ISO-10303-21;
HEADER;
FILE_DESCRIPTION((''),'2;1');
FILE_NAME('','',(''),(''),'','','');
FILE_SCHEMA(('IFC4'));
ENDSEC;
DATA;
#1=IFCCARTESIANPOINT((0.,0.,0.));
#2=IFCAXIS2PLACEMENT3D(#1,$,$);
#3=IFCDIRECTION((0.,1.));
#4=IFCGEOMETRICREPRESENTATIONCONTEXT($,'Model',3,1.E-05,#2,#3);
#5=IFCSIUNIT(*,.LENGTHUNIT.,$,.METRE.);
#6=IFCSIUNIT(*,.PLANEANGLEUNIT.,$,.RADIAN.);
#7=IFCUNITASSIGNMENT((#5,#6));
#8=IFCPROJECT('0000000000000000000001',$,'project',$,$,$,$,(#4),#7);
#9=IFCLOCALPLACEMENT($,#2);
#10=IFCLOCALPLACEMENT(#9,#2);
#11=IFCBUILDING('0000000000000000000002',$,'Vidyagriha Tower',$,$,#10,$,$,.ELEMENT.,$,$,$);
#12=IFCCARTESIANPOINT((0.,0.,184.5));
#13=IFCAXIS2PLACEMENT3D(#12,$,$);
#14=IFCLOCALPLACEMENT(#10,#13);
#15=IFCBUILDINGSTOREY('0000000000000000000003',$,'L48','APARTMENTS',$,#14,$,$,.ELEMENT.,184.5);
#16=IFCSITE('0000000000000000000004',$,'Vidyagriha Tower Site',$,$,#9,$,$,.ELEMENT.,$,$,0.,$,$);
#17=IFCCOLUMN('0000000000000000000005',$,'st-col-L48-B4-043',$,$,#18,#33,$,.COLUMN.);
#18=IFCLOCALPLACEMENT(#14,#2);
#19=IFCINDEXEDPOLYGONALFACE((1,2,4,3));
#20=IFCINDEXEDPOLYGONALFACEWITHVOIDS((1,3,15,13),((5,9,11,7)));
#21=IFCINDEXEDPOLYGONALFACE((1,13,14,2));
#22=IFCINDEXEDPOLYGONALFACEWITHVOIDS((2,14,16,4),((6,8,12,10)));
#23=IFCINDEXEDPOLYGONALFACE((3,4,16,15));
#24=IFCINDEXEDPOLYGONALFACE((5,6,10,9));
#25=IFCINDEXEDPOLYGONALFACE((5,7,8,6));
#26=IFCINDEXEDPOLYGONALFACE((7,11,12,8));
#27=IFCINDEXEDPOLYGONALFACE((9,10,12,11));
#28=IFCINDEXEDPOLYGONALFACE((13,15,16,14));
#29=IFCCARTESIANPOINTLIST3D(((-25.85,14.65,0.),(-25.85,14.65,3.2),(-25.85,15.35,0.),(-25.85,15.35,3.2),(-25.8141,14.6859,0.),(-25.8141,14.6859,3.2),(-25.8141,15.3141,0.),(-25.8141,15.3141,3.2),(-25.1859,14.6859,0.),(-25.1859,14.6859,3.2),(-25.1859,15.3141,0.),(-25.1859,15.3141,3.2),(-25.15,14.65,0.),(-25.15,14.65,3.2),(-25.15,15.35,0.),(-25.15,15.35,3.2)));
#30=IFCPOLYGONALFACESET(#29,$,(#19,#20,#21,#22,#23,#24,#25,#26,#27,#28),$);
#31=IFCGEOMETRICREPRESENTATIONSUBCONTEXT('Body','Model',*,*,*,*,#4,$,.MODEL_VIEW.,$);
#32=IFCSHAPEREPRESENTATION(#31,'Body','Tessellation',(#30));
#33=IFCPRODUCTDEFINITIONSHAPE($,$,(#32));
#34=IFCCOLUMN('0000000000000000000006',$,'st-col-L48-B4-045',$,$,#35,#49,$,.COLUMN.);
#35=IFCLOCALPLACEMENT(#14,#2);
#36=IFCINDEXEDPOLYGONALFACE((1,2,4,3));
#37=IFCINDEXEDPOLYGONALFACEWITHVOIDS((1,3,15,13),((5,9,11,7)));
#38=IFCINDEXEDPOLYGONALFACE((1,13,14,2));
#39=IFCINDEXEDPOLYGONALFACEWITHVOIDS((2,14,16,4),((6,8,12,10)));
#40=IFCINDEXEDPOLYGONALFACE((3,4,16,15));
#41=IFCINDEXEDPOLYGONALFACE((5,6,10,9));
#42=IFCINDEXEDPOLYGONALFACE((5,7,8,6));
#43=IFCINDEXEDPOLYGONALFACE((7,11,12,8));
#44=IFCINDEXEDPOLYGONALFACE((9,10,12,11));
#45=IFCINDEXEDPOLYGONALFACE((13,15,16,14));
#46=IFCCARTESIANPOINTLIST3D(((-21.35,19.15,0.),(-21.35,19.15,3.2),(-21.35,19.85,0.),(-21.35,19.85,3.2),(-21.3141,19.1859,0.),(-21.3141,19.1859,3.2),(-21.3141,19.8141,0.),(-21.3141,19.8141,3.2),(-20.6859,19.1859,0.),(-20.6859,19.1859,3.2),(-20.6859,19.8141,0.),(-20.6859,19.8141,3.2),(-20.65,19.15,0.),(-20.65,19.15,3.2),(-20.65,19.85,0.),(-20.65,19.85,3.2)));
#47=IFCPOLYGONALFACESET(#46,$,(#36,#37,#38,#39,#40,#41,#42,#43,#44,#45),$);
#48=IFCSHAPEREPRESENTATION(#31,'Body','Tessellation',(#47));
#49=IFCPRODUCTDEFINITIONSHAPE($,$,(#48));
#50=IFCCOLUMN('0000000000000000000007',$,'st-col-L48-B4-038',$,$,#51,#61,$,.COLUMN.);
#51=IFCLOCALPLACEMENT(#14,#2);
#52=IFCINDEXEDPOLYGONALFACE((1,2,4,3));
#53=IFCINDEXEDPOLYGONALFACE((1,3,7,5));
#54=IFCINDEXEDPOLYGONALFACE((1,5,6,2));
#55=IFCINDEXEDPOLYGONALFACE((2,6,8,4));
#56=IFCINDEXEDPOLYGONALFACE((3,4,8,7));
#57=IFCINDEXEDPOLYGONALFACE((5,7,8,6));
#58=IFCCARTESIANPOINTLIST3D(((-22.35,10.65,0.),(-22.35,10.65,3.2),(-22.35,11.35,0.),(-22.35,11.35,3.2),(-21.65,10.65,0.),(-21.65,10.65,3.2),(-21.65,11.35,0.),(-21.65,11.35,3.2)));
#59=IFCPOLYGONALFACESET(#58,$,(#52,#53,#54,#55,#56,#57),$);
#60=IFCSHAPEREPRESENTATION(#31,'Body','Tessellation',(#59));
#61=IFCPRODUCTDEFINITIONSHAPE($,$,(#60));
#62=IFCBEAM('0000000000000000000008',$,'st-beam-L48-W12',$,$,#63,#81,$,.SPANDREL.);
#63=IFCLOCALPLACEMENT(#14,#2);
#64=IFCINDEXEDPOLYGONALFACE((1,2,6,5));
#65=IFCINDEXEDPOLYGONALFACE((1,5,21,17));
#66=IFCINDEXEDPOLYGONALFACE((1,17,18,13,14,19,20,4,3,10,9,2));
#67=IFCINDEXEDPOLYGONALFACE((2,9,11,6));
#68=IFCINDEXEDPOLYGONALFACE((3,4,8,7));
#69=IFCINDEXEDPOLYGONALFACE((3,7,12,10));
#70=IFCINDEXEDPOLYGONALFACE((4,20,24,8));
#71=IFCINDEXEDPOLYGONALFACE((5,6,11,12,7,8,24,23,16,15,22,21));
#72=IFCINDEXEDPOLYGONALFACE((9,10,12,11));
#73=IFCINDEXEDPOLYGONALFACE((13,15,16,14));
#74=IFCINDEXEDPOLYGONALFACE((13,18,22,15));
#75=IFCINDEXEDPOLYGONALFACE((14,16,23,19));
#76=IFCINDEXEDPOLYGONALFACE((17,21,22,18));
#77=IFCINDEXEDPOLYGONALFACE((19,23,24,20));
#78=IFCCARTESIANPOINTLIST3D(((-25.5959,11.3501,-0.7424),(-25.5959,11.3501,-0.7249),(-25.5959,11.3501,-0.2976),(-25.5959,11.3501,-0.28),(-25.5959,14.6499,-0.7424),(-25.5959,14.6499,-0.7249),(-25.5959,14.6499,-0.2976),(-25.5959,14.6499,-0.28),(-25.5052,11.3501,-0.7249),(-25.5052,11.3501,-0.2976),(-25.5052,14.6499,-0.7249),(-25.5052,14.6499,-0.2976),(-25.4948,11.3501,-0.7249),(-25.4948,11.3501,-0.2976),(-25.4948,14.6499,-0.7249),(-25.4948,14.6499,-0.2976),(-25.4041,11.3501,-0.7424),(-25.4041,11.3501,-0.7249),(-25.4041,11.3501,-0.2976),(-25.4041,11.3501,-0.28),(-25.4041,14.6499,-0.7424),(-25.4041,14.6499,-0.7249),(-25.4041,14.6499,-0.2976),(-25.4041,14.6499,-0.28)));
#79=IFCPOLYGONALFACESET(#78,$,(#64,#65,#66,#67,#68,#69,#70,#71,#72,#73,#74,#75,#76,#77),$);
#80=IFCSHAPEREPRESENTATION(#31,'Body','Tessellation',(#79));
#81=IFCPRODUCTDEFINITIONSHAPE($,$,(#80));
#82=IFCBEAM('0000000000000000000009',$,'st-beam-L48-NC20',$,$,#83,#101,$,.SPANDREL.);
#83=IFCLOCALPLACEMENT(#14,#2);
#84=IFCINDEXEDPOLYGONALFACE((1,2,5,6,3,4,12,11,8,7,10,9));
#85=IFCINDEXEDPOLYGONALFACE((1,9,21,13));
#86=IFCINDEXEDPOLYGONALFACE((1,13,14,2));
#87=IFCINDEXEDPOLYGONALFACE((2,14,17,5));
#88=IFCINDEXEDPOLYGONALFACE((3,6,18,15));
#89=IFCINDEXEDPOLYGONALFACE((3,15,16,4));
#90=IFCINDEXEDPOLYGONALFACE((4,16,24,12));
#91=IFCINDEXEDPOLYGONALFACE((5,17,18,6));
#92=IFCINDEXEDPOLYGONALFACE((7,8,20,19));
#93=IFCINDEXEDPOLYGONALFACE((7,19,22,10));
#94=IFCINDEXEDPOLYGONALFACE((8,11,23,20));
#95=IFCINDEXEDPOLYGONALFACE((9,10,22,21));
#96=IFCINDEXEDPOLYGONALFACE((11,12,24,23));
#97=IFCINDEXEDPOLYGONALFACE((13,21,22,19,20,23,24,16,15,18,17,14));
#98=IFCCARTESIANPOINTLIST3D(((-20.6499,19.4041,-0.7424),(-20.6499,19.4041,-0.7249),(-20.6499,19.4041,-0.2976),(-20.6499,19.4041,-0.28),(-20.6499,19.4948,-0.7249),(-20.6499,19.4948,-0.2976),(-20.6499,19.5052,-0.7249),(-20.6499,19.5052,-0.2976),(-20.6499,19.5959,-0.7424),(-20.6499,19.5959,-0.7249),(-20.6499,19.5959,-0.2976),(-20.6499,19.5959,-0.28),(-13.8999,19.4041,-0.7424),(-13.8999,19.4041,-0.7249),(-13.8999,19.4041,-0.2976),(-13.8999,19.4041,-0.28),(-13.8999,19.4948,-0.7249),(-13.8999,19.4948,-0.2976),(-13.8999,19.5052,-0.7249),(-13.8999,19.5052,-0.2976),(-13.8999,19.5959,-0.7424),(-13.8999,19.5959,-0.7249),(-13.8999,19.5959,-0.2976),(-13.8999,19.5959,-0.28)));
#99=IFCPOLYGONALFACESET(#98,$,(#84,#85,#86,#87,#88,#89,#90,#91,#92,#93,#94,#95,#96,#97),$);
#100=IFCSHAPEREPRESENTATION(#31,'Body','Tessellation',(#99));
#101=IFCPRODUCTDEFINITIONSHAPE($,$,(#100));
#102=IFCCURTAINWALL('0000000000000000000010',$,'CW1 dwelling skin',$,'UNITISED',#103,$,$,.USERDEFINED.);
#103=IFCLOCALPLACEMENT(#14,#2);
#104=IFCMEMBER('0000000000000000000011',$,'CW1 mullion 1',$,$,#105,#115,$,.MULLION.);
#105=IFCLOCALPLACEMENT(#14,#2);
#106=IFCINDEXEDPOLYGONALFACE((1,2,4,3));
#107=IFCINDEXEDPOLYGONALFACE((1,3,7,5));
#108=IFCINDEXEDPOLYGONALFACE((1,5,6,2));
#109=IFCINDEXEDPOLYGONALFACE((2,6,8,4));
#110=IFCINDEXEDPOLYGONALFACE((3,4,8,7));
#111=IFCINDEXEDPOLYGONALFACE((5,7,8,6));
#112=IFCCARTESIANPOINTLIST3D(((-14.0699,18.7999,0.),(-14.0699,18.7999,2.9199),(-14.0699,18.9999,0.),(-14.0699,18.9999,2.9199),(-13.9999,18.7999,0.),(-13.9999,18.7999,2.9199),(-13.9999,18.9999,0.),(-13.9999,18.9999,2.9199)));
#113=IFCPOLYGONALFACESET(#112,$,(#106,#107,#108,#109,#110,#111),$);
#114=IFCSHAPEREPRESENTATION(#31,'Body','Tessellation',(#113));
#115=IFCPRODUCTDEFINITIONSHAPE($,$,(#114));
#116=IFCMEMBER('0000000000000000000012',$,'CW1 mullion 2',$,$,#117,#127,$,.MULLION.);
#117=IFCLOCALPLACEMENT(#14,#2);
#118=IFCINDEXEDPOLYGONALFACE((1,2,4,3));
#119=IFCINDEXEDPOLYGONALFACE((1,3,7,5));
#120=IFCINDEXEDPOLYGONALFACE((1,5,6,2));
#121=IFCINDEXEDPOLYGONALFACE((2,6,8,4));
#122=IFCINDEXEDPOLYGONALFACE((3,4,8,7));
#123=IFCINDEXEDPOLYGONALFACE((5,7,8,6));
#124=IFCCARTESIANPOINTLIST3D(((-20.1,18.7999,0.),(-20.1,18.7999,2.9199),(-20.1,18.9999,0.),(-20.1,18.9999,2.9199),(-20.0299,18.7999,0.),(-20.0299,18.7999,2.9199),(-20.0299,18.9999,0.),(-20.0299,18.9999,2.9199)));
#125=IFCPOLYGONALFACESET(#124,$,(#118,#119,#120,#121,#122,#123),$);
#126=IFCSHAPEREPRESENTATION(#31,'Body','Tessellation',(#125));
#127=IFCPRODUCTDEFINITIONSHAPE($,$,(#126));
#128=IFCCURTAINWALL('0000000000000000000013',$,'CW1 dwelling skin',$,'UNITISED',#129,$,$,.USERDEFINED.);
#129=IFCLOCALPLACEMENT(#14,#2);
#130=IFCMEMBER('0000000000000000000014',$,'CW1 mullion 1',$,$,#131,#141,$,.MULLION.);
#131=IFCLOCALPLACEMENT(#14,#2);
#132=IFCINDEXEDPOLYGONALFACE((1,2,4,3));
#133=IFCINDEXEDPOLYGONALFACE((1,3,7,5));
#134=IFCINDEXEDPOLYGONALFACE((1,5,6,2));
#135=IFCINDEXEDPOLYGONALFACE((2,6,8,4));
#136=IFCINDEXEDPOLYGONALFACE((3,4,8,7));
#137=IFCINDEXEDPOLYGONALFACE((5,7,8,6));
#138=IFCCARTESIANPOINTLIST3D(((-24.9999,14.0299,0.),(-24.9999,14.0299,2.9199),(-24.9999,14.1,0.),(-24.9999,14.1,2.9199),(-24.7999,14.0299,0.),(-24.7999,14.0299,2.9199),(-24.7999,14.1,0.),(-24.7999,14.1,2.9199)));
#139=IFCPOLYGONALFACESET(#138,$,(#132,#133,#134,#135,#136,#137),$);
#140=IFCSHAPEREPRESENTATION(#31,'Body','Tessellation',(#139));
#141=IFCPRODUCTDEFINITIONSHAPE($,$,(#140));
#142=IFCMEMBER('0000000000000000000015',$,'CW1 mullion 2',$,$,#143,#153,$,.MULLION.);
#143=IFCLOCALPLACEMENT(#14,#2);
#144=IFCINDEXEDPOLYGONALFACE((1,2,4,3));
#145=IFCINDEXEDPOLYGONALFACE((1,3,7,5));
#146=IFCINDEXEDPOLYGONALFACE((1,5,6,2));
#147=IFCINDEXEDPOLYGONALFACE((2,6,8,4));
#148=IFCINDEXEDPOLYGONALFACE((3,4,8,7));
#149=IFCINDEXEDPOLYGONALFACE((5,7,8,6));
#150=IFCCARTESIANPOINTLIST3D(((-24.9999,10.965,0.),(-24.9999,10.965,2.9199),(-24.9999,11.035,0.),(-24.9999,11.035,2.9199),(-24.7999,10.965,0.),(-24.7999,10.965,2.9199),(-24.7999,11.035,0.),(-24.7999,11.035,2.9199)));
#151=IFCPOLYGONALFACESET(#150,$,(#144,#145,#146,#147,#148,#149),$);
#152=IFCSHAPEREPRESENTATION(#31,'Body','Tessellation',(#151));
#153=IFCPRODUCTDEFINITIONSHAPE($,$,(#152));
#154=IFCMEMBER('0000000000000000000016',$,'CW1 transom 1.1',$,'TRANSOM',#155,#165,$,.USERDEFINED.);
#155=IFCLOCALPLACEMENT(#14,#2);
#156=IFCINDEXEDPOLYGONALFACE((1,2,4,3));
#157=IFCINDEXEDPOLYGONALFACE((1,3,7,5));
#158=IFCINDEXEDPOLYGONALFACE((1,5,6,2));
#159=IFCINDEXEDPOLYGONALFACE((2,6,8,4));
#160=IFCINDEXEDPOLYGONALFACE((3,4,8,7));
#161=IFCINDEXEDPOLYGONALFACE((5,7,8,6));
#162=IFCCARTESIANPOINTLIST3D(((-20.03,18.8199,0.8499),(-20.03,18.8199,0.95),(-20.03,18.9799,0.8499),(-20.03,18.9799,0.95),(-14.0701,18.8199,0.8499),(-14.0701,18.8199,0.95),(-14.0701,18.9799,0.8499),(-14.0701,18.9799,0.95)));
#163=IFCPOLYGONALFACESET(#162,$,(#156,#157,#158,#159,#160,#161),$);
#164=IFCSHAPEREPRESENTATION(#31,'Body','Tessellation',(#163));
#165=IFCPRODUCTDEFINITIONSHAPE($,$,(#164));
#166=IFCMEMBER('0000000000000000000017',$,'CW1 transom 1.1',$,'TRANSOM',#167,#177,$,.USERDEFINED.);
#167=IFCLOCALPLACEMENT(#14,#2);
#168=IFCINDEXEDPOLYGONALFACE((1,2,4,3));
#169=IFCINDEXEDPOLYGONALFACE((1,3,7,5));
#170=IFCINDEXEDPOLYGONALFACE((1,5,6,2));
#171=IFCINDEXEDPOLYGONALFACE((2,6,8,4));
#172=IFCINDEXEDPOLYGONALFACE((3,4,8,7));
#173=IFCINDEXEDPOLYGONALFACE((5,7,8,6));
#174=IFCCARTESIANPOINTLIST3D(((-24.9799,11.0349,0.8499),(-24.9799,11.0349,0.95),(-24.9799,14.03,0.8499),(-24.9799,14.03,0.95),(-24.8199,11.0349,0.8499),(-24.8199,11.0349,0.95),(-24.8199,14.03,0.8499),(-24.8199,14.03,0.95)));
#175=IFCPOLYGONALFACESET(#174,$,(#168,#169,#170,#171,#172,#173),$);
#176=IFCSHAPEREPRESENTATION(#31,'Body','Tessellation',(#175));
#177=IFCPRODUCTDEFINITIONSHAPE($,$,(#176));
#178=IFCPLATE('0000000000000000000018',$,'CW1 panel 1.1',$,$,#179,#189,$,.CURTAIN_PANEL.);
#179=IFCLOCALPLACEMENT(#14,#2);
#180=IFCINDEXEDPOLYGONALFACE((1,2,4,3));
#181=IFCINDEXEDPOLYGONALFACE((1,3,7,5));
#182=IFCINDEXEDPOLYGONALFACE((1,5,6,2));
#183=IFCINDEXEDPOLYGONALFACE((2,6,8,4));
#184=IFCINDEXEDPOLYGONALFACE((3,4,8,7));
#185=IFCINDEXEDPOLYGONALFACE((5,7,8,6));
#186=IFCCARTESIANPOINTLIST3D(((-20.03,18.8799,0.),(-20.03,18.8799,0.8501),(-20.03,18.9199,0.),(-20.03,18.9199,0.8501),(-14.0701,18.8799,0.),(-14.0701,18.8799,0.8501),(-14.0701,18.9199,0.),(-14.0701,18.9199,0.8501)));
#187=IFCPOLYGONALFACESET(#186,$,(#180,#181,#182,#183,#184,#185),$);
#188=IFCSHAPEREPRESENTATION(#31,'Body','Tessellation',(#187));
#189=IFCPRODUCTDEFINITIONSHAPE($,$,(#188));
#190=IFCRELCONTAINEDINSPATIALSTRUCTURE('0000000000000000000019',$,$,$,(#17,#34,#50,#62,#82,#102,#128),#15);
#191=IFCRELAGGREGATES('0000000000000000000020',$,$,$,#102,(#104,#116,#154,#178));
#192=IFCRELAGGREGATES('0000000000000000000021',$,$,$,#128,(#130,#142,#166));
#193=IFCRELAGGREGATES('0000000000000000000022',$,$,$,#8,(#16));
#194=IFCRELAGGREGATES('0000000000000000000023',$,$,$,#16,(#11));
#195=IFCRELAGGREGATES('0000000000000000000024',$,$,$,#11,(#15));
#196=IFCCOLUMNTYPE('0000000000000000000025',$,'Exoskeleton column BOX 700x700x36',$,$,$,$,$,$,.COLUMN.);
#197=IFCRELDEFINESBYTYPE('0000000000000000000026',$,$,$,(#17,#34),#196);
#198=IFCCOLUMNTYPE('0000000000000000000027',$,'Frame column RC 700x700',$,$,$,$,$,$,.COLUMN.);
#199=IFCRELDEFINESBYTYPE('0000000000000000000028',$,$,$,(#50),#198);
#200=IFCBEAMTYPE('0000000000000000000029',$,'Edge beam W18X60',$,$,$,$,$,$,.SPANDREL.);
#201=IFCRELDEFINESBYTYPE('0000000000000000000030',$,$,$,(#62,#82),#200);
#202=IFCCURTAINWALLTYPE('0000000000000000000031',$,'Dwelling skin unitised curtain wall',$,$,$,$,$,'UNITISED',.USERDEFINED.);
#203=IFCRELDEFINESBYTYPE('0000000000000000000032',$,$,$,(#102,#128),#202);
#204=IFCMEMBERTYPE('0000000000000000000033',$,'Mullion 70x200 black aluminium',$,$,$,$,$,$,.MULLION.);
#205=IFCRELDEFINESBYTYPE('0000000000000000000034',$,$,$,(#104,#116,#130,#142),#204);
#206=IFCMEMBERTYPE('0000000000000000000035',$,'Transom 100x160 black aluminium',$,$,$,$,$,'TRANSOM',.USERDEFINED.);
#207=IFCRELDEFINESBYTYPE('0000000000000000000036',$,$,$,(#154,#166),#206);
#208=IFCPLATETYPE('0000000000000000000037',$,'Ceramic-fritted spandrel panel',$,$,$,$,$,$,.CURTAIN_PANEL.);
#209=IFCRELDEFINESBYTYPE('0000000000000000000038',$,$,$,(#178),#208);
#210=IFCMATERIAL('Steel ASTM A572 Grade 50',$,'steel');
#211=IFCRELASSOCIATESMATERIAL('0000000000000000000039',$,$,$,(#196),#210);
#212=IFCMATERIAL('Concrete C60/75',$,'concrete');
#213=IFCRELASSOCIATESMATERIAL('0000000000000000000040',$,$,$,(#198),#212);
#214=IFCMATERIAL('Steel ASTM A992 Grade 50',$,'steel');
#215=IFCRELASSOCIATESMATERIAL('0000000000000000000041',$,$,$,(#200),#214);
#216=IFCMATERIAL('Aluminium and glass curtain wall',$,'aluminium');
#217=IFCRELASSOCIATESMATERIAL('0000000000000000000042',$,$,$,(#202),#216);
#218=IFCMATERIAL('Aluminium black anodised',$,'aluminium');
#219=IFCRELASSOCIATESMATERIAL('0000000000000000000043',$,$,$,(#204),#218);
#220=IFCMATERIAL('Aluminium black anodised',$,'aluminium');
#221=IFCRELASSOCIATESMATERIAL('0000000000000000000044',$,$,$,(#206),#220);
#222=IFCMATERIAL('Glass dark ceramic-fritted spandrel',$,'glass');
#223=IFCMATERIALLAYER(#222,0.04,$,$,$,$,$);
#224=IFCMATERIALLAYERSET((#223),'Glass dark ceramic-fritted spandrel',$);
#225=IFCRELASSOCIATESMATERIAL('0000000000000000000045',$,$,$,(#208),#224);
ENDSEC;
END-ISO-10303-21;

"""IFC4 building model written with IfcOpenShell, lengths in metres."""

from ifc_helpers import new_model, si_unit, direction, frame, origin, origin_2d, place, context, subcontext, project, spatial, rectangle, hollow_rectangle, i_section, extrude, material, layer, layer_set, material_profile, profile_set, type_object, element, aggregate, save


model = new_model("IFC4")

# Units and contexts
model_context = context("Model", 3, precision=1e-05, world=origin(), true_north=direction((0.0, 1.0)))
body_context = subcontext(model_context, "Body", "Model", "MODEL_VIEW")
ifc_project = project(units=[si_unit("LENGTHUNIT", "METRE"), si_unit("PLANEANGLEUNIT", "RADIAN")], contexts=[model_context])

# Site, building, storey
site_placement = place(None, origin())
site = spatial("IfcSite", under=ifc_project, at=site_placement, Name="Vidyagriha Tower Site", CompositionType="ELEMENT", RefElevation=0.0)
building_placement = place(site_placement, origin())
building = spatial("IfcBuilding", under=site, at=building_placement, Name="Vidyagriha Tower", CompositionType="ELEMENT")
storey_placement = place(building_placement, frame((0.0, 0.0, 184.5)))
storey = spatial("IfcBuildingStorey", under=building, at=storey_placement, Name="L48", Description="APARTMENTS", CompositionType="ELEMENT", Elevation=184.5)

# Columns
ifc_material_1 = material(Name="Steel ASTM A572 Grade 50", Category="steel")
ifc_material_profile_1 = material_profile(ifc_material_1, hollow_rectangle(XDim=0.7, YDim=0.7, WallThickness=0.0359, at=origin_2d()), Name="BOX 700x700x36")
ifc_profile_set_1 = profile_set([ifc_material_profile_1], Name="Steel ASTM A572 Grade 50")
column_type_1 = type_object("IfcColumnType", Name="Exoskeleton column BOX 700x700x36", PredefinedType="COLUMN", material=ifc_profile_set_1)
for number, where, name in (
    (1, (-25.5, 15.0, 0.0), "st-col-L48-B4-043"),
    (2, (-21.0, 19.5, 0.0), "st-col-L48-B4-045"),
):
    element("IfcColumn", number, at=place(storey_placement, frame(where)), inside=storey, type_object=column_type_1, Name=name, PredefinedType="COLUMN", context=body_context, shape_type="SweptSolid", body=[
        extrude(hollow_rectangle(XDim=0.7, YDim=0.7, WallThickness=0.0359, at=origin_2d()), origin(), (0.0, 0.0, 1.0), 3.2),
    ])
ifc_material_2 = material(Name="Concrete C60/75", Category="concrete")
ifc_material_profile_2 = material_profile(ifc_material_2, rectangle(XDim=0.7, YDim=0.7, at=origin_2d()), Name="RC 700x700")
ifc_profile_set_2 = profile_set([ifc_material_profile_2], Name="Concrete C60/75")
column_type_2 = type_object("IfcColumnType", Name="Frame column RC 700x700", PredefinedType="COLUMN", material=ifc_profile_set_2)
column_placement = place(storey_placement, frame((-22.0, 11.0, 0.0)))
element("IfcColumn", 3, at=column_placement, inside=storey, type_object=column_type_2, Name="st-col-L48-B4-038", PredefinedType="COLUMN", context=body_context, shape_type="SweptSolid", body=[
    extrude(rectangle(XDim=0.7, YDim=0.7, at=origin_2d()), origin(), (0.0, 0.0, 1.0), 3.2),
])

# Beams
ifc_material_3 = material(Name="Steel ASTM A992 Grade 50", Category="steel")
ifc_material_profile_3 = material_profile(ifc_material_3, i_section(OverallWidth=0.1919, OverallDepth=0.4624, WebThickness=0.0105, FlangeThickness=0.0176, at=origin_2d()), Name="W18X60")
ifc_profile_set_3 = profile_set([ifc_material_profile_3], Name="Steel ASTM A992 Grade 50")
beam_type = type_object("IfcBeamType", Name="Edge beam W18X60", PredefinedType="SPANDREL", material=ifc_profile_set_3)
beam_1_placement = place(storey_placement, frame((-25.5, 11.3501, -0.5112), z_axis=(0.0, 1.0, 0.0), x_axis=(-1.0, 0.0, 0.0)))
element("IfcBeam", 4, at=beam_1_placement, inside=storey, type_object=beam_type, Name="st-beam-L48-W12", PredefinedType="SPANDREL", context=body_context, shape_type="SweptSolid", body=[
    extrude(i_section(OverallWidth=0.1919, OverallDepth=0.4624, WebThickness=0.0105, FlangeThickness=0.0176, at=origin_2d()), origin(), (0.0, 0.0, 1.0), 3.2998),
])
beam_2_placement = place(storey_placement, frame((-20.6499, 19.5, -0.5112), z_axis=(1.0, 0.0, 0.0), x_axis=(0.0, 1.0, 0.0)))
element("IfcBeam", 5, at=beam_2_placement, inside=storey, type_object=beam_type, Name="st-beam-L48-NC20", PredefinedType="SPANDREL", context=body_context, shape_type="SweptSolid", body=[
    extrude(i_section(OverallWidth=0.1919, OverallDepth=0.4624, WebThickness=0.0105, FlangeThickness=0.0176, at=origin_2d()), origin(), (0.0, 0.0, 1.0), 6.75),
])

# Curtain walls, members
ifc_material_4 = material(Name="Aluminium and glass curtain wall", Category="aluminium")
curtain_wall_type = type_object("IfcCurtainWallType", Name="Dwelling skin unitised curtain wall", ElementType="UNITISED", PredefinedType="USERDEFINED", material=ifc_material_4)
curtain_wall_1_placement = place(storey_placement, origin())
curtain_wall_1 = element("IfcCurtainWall", 6, at=curtain_wall_1_placement, inside=storey, type_object=curtain_wall_type, Name="CW1 dwelling skin", ObjectType="UNITISED", PredefinedType="USERDEFINED")
ifc_material_5 = material(Name="Aluminium black anodised", Category="aluminium")
ifc_material_profile_4 = material_profile(ifc_material_5, rectangle(XDim=0.2, YDim=0.0701, at=origin_2d()), Name="Mullion 70x200 black aluminium")
ifc_profile_set_4 = profile_set([ifc_material_profile_4], Name="Aluminium black anodised")
member_type_1 = type_object("IfcMemberType", Name="Mullion 70x200 black aluminium", PredefinedType="MULLION", material=ifc_profile_set_4)
member_1_placement = place(storey_placement, frame((-14.0349, 18.8999, 0.0), z_axis=(0.0, 0.0, 1.0), x_axis=(0.0, -1.0, 0.0)))
member_1 = element("IfcMember", 7, at=member_1_placement, type_object=member_type_1, Name="CW1 mullion 1", PredefinedType="MULLION", context=body_context, shape_type="SweptSolid", body=[
    extrude(rectangle(XDim=0.2, YDim=0.0701, at=origin_2d()), origin(), (0.0, 0.0, 1.0), 2.9199),
])
member_2_placement = place(storey_placement, frame((-20.0649, 18.8999, 0.0), z_axis=(0.0, 0.0, 1.0), x_axis=(0.0, -1.0, 0.0)))
member_2 = element("IfcMember", 8, at=member_2_placement, type_object=member_type_1, Name="CW1 mullion 2", PredefinedType="MULLION", context=body_context, shape_type="SweptSolid", body=[
    extrude(rectangle(XDim=0.2, YDim=0.0701, at=origin_2d()), origin(), (0.0, 0.0, 1.0), 2.9199),
])
curtain_wall_2_placement = place(storey_placement, origin())
curtain_wall_2 = element("IfcCurtainWall", 9, at=curtain_wall_2_placement, inside=storey, type_object=curtain_wall_type, Name="CW1 dwelling skin", ObjectType="UNITISED", PredefinedType="USERDEFINED")
member_3_placement = place(storey_placement, frame((-24.8999, 14.0649, 0.0)))
member_3 = element("IfcMember", 10, at=member_3_placement, type_object=member_type_1, Name="CW1 mullion 1", PredefinedType="MULLION", context=body_context, shape_type="SweptSolid", body=[
    extrude(rectangle(XDim=0.2, YDim=0.0701, at=origin_2d()), origin(), (0.0, 0.0, 1.0), 2.9199),
])
member_4_placement = place(storey_placement, frame((-24.8999, 11.0, 0.0)))
member_4 = element("IfcMember", 11, at=member_4_placement, type_object=member_type_1, Name="CW1 mullion 2", PredefinedType="MULLION", context=body_context, shape_type="SweptSolid", body=[
    extrude(rectangle(XDim=0.2, YDim=0.0701, at=origin_2d()), origin(), (0.0, 0.0, 1.0), 2.9199),
])

# Members
ifc_material_6 = material(Name="Aluminium black anodised", Category="aluminium")
ifc_material_profile_5 = material_profile(ifc_material_6, rectangle(XDim=0.1599, YDim=0.1001, at=origin_2d()), Name="Transom 100x160 black aluminium")
ifc_profile_set_5 = profile_set([ifc_material_profile_5], Name="Aluminium black anodised")
member_type_2 = type_object("IfcMemberType", Name="Transom 100x160 black aluminium", ElementType="TRANSOM", PredefinedType="USERDEFINED", material=ifc_profile_set_5)
member_5_placement = place(storey_placement, frame((-14.0701, 18.8999, 0.8999), z_axis=(-1.0, 0.0, 0.0), x_axis=(0.0, -1.0, 0.0)))
member_5 = element("IfcMember", 12, at=member_5_placement, type_object=member_type_2, Name="CW1 transom 1.1", ObjectType="TRANSOM", PredefinedType="USERDEFINED", context=body_context, shape_type="SweptSolid", body=[
    extrude(rectangle(XDim=0.1599, YDim=0.1001, at=origin_2d()), origin(), (0.0, 0.0, 1.0), 5.96),
])
member_6_placement = place(storey_placement, frame((-24.8999, 14.03, 0.8999), z_axis=(0.0, -1.0, 0.0), x_axis=(1.0, 0.0, 0.0)))
member_6 = element("IfcMember", 13, at=member_6_placement, type_object=member_type_2, Name="CW1 transom 1.1", ObjectType="TRANSOM", PredefinedType="USERDEFINED", context=body_context, shape_type="SweptSolid", body=[
    extrude(rectangle(XDim=0.1599, YDim=0.1001, at=origin_2d()), origin(), (0.0, 0.0, 1.0), 2.9951),
])

# Plate
ifc_material_7 = material(Name="Glass dark ceramic-fritted spandrel", Category="glass")
ifc_layer_1 = layer(ifc_material_7, 0.04)
ifc_layer_set_1 = layer_set([ifc_layer_1], Name="Glass dark ceramic-fritted spandrel")
plate_type_1 = type_object("IfcPlateType", Name="Ceramic-fritted spandrel panel", PredefinedType="CURTAIN_PANEL", material=ifc_layer_set_1)
plate_1_placement = place(storey_placement, frame((-17.05, 18.8999, 0.0), z_axis=(0.0, 0.0, 1.0), x_axis=(-1.0, 0.0, 0.0)))
plate_1 = element("IfcPlate", 14, at=plate_1_placement, type_object=plate_type_1, Name="CW1 panel 1.1", PredefinedType="CURTAIN_PANEL", context=body_context, shape_type="SweptSolid", body=[
    extrude(rectangle(XDim=5.96, YDim=0.04, at=origin_2d()), origin(), (0.0, 0.0, 1.0), 0.8501),
])
aggregate(curtain_wall_1, [member_1, member_2, member_5, plate_1])
aggregate(curtain_wall_2, [member_3, member_4, member_6])

save(model, "model.ifc")
